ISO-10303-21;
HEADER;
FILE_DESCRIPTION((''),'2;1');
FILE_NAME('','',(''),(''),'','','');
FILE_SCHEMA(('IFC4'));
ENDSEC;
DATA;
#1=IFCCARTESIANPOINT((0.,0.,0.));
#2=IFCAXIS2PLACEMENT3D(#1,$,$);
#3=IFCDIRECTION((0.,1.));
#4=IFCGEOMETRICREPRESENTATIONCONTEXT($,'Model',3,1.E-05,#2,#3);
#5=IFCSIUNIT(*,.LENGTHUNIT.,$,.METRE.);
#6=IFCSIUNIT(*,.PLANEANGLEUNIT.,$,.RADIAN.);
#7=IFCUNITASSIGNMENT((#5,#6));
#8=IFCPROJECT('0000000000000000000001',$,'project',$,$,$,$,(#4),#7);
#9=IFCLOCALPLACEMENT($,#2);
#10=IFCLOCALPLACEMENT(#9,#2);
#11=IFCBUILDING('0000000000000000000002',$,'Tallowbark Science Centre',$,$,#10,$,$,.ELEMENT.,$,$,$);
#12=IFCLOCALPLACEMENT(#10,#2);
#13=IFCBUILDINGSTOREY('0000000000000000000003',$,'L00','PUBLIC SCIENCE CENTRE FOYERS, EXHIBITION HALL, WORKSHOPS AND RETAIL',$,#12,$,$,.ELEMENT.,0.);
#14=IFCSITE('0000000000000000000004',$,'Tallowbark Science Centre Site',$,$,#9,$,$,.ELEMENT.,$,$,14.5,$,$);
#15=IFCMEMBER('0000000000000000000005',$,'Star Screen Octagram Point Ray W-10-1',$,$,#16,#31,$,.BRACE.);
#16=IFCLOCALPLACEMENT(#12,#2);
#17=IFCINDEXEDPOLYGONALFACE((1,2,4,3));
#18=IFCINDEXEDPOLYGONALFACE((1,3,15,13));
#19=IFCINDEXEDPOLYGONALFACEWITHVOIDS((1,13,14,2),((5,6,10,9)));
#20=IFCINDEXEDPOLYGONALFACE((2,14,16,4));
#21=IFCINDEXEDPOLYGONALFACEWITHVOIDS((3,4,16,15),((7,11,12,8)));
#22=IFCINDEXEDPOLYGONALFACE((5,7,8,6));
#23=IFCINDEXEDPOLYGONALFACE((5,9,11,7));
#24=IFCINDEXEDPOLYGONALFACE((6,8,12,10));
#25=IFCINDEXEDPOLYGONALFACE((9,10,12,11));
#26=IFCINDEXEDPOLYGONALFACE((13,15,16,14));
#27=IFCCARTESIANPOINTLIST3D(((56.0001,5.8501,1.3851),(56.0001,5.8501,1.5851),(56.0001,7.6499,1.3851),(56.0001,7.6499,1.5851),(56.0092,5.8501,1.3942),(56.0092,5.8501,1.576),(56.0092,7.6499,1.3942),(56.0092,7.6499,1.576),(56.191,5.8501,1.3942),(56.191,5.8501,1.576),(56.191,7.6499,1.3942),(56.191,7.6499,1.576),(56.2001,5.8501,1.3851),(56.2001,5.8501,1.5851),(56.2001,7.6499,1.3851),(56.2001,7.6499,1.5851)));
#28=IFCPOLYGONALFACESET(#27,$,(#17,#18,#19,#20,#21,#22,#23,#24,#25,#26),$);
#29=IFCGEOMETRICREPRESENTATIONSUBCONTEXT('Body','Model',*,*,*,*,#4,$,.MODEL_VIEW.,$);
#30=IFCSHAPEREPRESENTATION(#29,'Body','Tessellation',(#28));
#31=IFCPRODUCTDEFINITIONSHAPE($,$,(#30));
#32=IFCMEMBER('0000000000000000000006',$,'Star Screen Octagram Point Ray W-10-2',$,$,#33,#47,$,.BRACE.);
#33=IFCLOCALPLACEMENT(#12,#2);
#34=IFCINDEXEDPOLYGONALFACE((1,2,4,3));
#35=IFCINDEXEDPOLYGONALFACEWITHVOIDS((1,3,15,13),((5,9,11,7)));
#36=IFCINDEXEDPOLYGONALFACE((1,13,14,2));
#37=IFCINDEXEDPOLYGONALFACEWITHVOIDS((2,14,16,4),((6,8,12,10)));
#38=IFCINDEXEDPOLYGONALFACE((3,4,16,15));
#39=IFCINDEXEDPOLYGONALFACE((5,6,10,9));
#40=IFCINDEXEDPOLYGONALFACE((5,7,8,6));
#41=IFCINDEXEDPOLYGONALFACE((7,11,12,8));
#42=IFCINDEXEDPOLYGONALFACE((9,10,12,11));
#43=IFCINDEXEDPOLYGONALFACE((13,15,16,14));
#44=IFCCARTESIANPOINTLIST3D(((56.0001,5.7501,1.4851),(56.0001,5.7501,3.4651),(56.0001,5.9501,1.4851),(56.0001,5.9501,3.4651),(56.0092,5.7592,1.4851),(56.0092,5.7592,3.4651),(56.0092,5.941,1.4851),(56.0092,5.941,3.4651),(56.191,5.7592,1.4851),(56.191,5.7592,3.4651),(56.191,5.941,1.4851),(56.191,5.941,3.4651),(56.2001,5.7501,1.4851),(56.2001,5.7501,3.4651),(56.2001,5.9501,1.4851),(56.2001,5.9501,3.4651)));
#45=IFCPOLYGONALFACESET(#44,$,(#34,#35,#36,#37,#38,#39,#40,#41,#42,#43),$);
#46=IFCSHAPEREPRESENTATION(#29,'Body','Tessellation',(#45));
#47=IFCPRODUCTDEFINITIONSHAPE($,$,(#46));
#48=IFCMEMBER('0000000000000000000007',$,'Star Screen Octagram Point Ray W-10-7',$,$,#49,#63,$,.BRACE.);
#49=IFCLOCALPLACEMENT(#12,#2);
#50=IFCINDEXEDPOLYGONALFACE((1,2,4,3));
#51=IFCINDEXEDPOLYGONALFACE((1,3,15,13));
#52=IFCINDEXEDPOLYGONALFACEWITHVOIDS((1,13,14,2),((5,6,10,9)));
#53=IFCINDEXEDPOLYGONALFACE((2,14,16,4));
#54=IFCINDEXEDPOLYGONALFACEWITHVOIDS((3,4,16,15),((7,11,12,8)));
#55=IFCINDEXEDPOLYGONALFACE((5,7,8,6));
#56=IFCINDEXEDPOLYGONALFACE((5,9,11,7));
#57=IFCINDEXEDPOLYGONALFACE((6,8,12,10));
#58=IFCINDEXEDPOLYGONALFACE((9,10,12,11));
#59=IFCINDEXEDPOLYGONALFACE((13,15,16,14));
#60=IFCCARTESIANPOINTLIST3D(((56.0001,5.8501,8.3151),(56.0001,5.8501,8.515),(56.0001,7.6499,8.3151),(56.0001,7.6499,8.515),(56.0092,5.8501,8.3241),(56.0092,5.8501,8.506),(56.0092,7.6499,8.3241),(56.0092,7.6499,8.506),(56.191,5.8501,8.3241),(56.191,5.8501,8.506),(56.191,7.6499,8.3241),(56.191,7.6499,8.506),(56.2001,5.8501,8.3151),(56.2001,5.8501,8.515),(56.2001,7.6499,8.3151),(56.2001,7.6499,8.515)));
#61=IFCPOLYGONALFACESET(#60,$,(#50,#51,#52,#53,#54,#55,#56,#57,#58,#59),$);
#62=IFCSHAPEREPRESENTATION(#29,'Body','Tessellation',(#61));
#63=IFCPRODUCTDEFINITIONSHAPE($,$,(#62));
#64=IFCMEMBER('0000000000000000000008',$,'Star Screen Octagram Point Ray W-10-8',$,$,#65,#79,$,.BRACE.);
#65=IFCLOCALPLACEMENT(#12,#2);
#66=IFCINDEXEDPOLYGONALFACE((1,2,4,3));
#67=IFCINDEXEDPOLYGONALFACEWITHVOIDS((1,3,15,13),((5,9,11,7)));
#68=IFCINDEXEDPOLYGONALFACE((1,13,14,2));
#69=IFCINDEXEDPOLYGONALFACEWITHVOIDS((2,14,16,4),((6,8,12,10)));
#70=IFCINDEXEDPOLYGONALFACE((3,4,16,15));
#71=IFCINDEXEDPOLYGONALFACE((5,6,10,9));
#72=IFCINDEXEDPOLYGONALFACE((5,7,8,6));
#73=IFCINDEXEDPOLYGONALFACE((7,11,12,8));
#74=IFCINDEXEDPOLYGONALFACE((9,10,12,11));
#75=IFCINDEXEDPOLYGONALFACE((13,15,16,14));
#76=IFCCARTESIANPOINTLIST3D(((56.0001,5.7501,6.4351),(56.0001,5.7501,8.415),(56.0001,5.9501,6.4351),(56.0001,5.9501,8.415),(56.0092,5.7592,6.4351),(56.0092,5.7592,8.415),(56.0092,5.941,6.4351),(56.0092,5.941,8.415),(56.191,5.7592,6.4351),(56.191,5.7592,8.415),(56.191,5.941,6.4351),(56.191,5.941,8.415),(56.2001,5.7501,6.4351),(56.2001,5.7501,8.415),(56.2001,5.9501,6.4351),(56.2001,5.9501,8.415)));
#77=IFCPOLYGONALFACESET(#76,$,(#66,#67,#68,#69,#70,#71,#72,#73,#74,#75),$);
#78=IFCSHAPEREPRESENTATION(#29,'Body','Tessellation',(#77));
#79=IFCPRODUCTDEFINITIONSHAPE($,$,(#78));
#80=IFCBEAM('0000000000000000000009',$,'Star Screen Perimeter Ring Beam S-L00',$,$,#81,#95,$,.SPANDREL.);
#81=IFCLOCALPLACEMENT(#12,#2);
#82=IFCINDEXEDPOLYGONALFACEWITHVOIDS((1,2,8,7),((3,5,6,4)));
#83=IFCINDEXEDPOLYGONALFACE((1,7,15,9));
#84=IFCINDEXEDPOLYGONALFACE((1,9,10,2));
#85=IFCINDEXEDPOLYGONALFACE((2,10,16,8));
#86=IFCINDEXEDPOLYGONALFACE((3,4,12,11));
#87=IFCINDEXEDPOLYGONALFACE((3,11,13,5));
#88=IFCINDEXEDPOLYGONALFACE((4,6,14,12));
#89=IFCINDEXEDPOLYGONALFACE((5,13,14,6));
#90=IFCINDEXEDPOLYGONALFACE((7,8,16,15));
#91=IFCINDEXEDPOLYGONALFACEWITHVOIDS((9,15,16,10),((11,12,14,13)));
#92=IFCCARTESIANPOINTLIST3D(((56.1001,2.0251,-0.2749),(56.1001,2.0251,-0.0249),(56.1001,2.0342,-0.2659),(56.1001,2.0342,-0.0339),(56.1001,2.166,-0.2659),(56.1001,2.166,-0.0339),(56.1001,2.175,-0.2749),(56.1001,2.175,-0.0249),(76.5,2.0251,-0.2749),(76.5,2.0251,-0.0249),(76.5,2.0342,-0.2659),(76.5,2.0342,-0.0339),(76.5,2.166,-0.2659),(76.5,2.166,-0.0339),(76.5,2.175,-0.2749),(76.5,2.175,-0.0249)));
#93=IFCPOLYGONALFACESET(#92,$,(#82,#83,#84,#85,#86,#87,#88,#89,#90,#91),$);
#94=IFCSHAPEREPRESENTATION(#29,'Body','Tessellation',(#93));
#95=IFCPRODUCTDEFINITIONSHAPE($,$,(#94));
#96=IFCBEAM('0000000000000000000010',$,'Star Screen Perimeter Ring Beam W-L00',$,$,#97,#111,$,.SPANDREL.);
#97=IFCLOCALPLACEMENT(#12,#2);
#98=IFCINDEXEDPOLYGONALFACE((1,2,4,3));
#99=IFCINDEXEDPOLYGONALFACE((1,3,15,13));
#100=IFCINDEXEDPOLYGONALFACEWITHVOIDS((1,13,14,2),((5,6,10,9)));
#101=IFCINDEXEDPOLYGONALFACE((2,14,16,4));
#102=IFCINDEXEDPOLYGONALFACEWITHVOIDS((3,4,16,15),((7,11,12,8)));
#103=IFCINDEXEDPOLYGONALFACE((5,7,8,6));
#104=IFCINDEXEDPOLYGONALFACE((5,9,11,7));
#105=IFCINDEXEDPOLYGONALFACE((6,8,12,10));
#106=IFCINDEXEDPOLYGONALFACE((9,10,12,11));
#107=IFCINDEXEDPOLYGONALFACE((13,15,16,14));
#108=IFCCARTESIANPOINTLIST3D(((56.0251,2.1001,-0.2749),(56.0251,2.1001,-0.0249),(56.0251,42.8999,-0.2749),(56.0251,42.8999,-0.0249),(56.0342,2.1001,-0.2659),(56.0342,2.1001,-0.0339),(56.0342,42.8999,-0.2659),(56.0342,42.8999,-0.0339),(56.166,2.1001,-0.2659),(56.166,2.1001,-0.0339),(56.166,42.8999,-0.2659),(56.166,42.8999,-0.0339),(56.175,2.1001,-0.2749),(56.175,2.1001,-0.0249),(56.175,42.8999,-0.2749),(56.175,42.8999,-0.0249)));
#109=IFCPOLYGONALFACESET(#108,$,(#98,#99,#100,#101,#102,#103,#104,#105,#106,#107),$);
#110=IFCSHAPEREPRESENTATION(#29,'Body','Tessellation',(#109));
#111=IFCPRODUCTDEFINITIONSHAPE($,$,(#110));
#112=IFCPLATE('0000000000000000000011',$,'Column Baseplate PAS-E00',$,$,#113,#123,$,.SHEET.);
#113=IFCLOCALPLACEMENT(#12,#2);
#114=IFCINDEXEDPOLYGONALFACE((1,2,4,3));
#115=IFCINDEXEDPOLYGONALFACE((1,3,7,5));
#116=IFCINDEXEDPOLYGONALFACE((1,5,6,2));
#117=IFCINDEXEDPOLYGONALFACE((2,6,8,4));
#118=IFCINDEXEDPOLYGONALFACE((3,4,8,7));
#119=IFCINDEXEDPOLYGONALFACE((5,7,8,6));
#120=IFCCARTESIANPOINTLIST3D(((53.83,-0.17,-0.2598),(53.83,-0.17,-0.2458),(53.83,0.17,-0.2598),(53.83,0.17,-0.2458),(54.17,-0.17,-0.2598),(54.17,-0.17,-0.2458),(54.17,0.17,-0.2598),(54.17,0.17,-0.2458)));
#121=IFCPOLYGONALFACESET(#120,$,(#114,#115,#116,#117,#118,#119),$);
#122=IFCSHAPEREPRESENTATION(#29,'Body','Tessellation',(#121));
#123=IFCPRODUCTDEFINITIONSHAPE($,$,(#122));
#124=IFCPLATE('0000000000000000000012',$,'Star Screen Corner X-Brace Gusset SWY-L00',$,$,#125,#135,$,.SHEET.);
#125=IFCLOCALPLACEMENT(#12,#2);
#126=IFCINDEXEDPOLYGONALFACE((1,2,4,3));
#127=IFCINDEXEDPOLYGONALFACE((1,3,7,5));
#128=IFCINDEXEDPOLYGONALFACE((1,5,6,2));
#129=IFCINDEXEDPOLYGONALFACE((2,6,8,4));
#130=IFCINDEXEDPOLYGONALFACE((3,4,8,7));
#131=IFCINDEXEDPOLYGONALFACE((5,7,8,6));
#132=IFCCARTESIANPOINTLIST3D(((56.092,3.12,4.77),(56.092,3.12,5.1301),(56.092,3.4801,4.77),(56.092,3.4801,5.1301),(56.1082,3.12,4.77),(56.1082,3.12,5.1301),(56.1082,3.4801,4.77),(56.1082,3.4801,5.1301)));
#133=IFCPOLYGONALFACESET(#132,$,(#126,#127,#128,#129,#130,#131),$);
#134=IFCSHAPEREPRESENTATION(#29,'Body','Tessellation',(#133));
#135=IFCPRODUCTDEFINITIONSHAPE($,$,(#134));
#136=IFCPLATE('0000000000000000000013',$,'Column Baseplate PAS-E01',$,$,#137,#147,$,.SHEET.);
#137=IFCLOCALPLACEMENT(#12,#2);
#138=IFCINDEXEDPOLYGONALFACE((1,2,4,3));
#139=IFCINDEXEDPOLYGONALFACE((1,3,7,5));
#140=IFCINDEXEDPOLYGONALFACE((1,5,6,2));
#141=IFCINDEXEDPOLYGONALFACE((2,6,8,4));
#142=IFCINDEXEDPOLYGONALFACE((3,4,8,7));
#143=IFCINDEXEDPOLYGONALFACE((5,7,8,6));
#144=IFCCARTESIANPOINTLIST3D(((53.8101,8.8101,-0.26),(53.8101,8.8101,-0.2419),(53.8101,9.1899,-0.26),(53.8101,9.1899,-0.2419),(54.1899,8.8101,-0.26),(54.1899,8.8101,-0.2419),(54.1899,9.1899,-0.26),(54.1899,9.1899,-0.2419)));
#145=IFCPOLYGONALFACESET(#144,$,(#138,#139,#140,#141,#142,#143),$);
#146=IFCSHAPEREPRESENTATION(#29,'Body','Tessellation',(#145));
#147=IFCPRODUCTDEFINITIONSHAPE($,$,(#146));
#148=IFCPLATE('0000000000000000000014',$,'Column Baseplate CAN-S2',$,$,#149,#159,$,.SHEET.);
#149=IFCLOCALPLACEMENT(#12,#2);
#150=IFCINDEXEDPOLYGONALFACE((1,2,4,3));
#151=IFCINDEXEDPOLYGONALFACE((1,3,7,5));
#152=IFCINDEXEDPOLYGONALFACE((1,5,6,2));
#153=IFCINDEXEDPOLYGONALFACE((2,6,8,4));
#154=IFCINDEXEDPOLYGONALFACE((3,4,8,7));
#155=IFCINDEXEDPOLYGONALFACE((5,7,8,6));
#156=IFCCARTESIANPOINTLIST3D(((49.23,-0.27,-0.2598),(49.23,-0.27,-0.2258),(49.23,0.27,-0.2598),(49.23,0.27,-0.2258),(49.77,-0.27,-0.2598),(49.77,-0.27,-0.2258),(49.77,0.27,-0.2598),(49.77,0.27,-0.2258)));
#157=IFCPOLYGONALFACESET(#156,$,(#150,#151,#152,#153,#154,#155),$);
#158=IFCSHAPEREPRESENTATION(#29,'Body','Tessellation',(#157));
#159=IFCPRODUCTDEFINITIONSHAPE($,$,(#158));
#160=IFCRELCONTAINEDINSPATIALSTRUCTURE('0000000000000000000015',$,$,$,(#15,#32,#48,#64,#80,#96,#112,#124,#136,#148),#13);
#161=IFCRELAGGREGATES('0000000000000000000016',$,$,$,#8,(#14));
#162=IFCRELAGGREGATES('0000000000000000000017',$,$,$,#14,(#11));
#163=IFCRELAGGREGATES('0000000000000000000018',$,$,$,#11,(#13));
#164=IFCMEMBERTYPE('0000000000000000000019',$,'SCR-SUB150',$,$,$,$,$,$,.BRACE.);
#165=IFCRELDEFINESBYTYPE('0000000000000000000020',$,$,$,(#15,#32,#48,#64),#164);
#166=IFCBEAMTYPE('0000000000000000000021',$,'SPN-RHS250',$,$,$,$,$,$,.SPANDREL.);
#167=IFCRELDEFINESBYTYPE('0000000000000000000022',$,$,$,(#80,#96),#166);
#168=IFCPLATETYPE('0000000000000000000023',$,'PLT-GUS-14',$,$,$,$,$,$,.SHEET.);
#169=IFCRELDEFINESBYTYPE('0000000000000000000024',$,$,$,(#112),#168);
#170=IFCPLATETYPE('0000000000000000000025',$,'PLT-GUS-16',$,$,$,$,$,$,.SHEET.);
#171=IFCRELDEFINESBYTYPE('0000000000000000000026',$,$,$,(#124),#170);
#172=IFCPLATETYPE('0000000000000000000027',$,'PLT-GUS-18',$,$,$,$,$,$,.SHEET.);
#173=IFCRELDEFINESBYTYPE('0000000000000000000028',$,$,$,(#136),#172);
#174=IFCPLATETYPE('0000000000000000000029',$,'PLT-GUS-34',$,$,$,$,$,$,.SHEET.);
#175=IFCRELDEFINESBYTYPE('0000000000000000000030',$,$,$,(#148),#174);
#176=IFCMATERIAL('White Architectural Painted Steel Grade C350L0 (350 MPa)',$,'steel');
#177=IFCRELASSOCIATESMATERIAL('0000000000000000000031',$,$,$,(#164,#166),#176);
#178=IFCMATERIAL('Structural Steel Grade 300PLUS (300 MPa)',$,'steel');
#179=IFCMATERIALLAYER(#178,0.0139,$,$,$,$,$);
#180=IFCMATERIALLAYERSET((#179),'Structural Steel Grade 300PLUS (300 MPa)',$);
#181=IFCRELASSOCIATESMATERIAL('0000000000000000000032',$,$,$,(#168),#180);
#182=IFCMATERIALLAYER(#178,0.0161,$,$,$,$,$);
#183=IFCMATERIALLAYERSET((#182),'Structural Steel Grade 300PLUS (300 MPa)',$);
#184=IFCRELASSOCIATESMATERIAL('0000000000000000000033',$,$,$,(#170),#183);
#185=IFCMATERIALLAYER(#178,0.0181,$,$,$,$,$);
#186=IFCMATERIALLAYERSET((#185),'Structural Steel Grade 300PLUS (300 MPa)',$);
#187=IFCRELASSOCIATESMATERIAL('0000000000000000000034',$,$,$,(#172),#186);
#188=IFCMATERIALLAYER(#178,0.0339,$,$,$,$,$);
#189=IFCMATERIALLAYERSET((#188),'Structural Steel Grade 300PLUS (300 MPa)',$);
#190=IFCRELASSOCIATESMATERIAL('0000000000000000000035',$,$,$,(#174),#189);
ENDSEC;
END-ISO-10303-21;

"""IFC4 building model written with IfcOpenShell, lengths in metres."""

from ifc_helpers import new_model, si_unit, direction, frame, origin, origin_2d, place, context, subcontext, project, spatial, rectangle, hollow_rectangle, extrude, material, layer, layer_set, material_profile, profile_set, type_object, element, save


model = new_model("IFC4")

# Units and contexts
model_context = context("Model", 3, precision=1e-05, world=origin(), true_north=direction((0.0, 1.0)))
body_context = subcontext(model_context, "Body", "Model", "MODEL_VIEW")
ifc_project = project(units=[si_unit("LENGTHUNIT", "METRE"), si_unit("PLANEANGLEUNIT", "RADIAN")], contexts=[model_context])

# Site, building, storey
site_placement = place(None, origin())
site = spatial("IfcSite", under=ifc_project, at=site_placement, Name="Tallowbark Science Centre Site", CompositionType="ELEMENT", RefElevation=14.5)
building_placement = place(site_placement, origin())
building = spatial("IfcBuilding", under=site, at=building_placement, Name="Tallowbark Science Centre", CompositionType="ELEMENT")
storey_placement = place(building_placement, origin())
storey = spatial("IfcBuildingStorey", under=building, at=storey_placement, Name="L00", Description="PUBLIC SCIENCE CENTRE FOYERS, EXHIBITION HALL, WORKSHOPS AND RETAIL", CompositionType="ELEMENT", Elevation=0.0)

# Shared definitions
ifc_material_1 = material(Name="White Architectural Painted Steel Grade C350L0 (350 MPa)", Category="steel")
ifc_material_2 = material(Name="Structural Steel Grade 300PLUS (300 MPa)", Category="steel")

# Members
ifc_material_profile_1 = material_profile(ifc_material_1, hollow_rectangle(XDim=0.2, YDim=0.2, WallThickness=0.009, at=origin_2d()), Name="200x200x9.0SHS")
ifc_profile_set_1 = profile_set([ifc_material_profile_1], Name="White Architectural Painted Steel Grade C350L0 (350 MPa)")
member_type_1 = type_object("IfcMemberType", Name="SCR-SUB150", PredefinedType="BRACE", material=ifc_profile_set_1)
member_1_placement = place(storey_placement, frame((56.1001, 5.8501, 1.4851), z_axis=(0.0, 1.0, 0.0), x_axis=(-1.0, 0.0, 0.0)))
element("IfcMember", 1, at=member_1_placement, inside=storey, type_object=member_type_1, Name="Star Screen Octagram Point Ray W-10-1", PredefinedType="BRACE", context=body_context, shape_type="SweptSolid", body=[
    extrude(hollow_rectangle(XDim=0.2, YDim=0.2, WallThickness=0.009, at=origin_2d()), origin(), (0.0, 0.0, 1.0), 1.7998),
])
member_2_placement = place(storey_placement, frame((56.1001, 5.8501, 1.4851), z_axis=(0.0, 0.0, 1.0), x_axis=(1.0, 0.0, 0.0)))
element("IfcMember", 2, at=member_2_placement, inside=storey, type_object=member_type_1, Name="Star Screen Octagram Point Ray W-10-2", PredefinedType="BRACE", context=body_context, shape_type="SweptSolid", body=[
    extrude(hollow_rectangle(XDim=0.2, YDim=0.2, WallThickness=0.009, at=origin_2d()), origin(), (0.0, 0.0, 1.0), 1.98),
])
member_3_placement = place(storey_placement, frame((56.1001, 5.8501, 8.415), z_axis=(0.0, 1.0, 0.0), x_axis=(-1.0, 0.0, 0.0)))
element("IfcMember", 3, at=member_3_placement, inside=storey, type_object=member_type_1, Name="Star Screen Octagram Point Ray W-10-7", PredefinedType="BRACE", context=body_context, shape_type="SweptSolid", body=[
    extrude(hollow_rectangle(XDim=0.2, YDim=0.2, WallThickness=0.009, at=origin_2d()), origin(), (0.0, 0.0, 1.0), 1.7998),
])
member_4_placement = place(storey_placement, frame((56.1001, 5.8501, 8.415), z_axis=(0.0, 0.0, -1.0), x_axis=(1.0, 0.0, 0.0)))
element("IfcMember", 4, at=member_4_placement, inside=storey, type_object=member_type_1, Name="Star Screen Octagram Point Ray W-10-8", PredefinedType="BRACE", context=body_context, shape_type="SweptSolid", body=[
    extrude(hollow_rectangle(XDim=0.2, YDim=0.2, WallThickness=0.009, at=origin_2d()), origin(), (0.0, 0.0, 1.0), 1.98),
])

# Beams
ifc_material_profile_2 = material_profile(ifc_material_1, hollow_rectangle(XDim=0.1499, YDim=0.25, WallThickness=0.009, at=origin_2d()), Name="250x150x9.0RHS")
ifc_profile_set_2 = profile_set([ifc_material_profile_2], Name="White Architectural Painted Steel Grade C350L0 (350 MPa)")
beam_type_1 = type_object("IfcBeamType", Name="SPN-RHS250", PredefinedType="SPANDREL", material=ifc_profile_set_2)
beam_1_placement = place(storey_placement, frame((56.1001, 2.1001, -0.1499), z_axis=(1.0, 0.0, 0.0), x_axis=(0.0, 1.0, 0.0)))
element("IfcBeam", 5, at=beam_1_placement, inside=storey, type_object=beam_type_1, Name="Star Screen Perimeter Ring Beam S-L00", PredefinedType="SPANDREL", context=body_context, shape_type="SweptSolid", body=[
    extrude(hollow_rectangle(XDim=0.1499, YDim=0.25, WallThickness=0.009, at=origin_2d()), origin(), (0.0, 0.0, 1.0), 20.3999),
])
beam_2_placement = place(storey_placement, frame((56.1001, 2.1001, -0.1499), z_axis=(0.0, 1.0, 0.0), x_axis=(-1.0, 0.0, 0.0)))
element("IfcBeam", 6, at=beam_2_placement, inside=storey, type_object=beam_type_1, Name="Star Screen Perimeter Ring Beam W-L00", PredefinedType="SPANDREL", context=body_context, shape_type="SweptSolid", body=[
    extrude(hollow_rectangle(XDim=0.1499, YDim=0.25, WallThickness=0.009, at=origin_2d()), origin(), (0.0, 0.0, 1.0), 40.7998),
])

# Plates
ifc_layer_1 = layer(ifc_material_2, 0.0139)
ifc_layer_set_1 = layer_set([ifc_layer_1], Name="Structural Steel Grade 300PLUS (300 MPa)")
plate_type_1 = type_object("IfcPlateType", Name="PLT-GUS-14", PredefinedType="SHEET", material=ifc_layer_set_1)
plate_1_placement = place(storey_placement, frame((54.0, 0.0, -0.2598), z_axis=(0.0, 0.0, 1.0), x_axis=(1.0, 0.0, 0.0)))
element("IfcPlate", 7, at=plate_1_placement, inside=storey, type_object=plate_type_1, Name="Column Baseplate PAS-E00", PredefinedType="SHEET", context=body_context, shape_type="SweptSolid", body=[
    extrude(rectangle(XDim=0.3401, YDim=0.3401, at=origin_2d()), origin(), (0.0, 0.0, 1.0), 0.0139),
])
ifc_layer_2 = layer(ifc_material_2, 0.0161)
ifc_layer_set_2 = layer_set([ifc_layer_2], Name="Structural Steel Grade 300PLUS (300 MPa)")
plate_type_2 = type_object("IfcPlateType", Name="PLT-GUS-16", PredefinedType="SHEET", material=ifc_layer_set_2)
plate_2_placement = place(storey_placement, frame((56.1001, 3.3, 4.77), z_axis=(0.0, 0.0, 1.0), x_axis=(0.0, 1.0, 0.0)))
element("IfcPlate", 8, at=plate_2_placement, inside=storey, type_object=plate_type_2, Name="Star Screen Corner X-Brace Gusset SWY-L00", PredefinedType="SHEET", context=body_context, shape_type="SweptSolid", body=[
    extrude(rectangle(XDim=0.3601, YDim=0.0161, at=origin_2d()), origin(), (0.0, 0.0, 1.0), 0.3601),
])
ifc_layer_3 = layer(ifc_material_2, 0.0181)
ifc_layer_set_3 = layer_set([ifc_layer_3], Name="Structural Steel Grade 300PLUS (300 MPa)")
plate_type_3 = type_object("IfcPlateType", Name="PLT-GUS-18", PredefinedType="SHEET", material=ifc_layer_set_3)
plate_3_placement = place(storey_placement, frame((54.0, 9.0, -0.26), z_axis=(0.0, 0.0, 1.0), x_axis=(1.0, 0.0, 0.0)))
element("IfcPlate", 9, at=plate_3_placement, inside=storey, type_object=plate_type_3, Name="Column Baseplate PAS-E01", PredefinedType="SHEET", context=body_context, shape_type="SweptSolid", body=[
    extrude(rectangle(XDim=0.3799, YDim=0.3799, at=origin_2d()), origin(), (0.0, 0.0, 1.0), 0.0181),
])
ifc_layer_4 = layer(ifc_material_2, 0.0339)
ifc_layer_set_4 = layer_set([ifc_layer_4], Name="Structural Steel Grade 300PLUS (300 MPa)")
plate_type_4 = type_object("IfcPlateType", Name="PLT-GUS-34", PredefinedType="SHEET", material=ifc_layer_set_4)
plate_4_placement = place(storey_placement, frame((49.5, 0.0, -0.2598), z_axis=(0.0, 0.0, 1.0), x_axis=(1.0, 0.0, 0.0)))
element("IfcPlate", 10, at=plate_4_placement, inside=storey, type_object=plate_type_4, Name="Column Baseplate CAN-S2", PredefinedType="SHEET", context=body_context, shape_type="SweptSolid", body=[
    extrude(rectangle(XDim=0.54, YDim=0.54, at=origin_2d()), origin(), (0.0, 0.0, 1.0), 0.0339),
])

save(model, "model.ifc")
